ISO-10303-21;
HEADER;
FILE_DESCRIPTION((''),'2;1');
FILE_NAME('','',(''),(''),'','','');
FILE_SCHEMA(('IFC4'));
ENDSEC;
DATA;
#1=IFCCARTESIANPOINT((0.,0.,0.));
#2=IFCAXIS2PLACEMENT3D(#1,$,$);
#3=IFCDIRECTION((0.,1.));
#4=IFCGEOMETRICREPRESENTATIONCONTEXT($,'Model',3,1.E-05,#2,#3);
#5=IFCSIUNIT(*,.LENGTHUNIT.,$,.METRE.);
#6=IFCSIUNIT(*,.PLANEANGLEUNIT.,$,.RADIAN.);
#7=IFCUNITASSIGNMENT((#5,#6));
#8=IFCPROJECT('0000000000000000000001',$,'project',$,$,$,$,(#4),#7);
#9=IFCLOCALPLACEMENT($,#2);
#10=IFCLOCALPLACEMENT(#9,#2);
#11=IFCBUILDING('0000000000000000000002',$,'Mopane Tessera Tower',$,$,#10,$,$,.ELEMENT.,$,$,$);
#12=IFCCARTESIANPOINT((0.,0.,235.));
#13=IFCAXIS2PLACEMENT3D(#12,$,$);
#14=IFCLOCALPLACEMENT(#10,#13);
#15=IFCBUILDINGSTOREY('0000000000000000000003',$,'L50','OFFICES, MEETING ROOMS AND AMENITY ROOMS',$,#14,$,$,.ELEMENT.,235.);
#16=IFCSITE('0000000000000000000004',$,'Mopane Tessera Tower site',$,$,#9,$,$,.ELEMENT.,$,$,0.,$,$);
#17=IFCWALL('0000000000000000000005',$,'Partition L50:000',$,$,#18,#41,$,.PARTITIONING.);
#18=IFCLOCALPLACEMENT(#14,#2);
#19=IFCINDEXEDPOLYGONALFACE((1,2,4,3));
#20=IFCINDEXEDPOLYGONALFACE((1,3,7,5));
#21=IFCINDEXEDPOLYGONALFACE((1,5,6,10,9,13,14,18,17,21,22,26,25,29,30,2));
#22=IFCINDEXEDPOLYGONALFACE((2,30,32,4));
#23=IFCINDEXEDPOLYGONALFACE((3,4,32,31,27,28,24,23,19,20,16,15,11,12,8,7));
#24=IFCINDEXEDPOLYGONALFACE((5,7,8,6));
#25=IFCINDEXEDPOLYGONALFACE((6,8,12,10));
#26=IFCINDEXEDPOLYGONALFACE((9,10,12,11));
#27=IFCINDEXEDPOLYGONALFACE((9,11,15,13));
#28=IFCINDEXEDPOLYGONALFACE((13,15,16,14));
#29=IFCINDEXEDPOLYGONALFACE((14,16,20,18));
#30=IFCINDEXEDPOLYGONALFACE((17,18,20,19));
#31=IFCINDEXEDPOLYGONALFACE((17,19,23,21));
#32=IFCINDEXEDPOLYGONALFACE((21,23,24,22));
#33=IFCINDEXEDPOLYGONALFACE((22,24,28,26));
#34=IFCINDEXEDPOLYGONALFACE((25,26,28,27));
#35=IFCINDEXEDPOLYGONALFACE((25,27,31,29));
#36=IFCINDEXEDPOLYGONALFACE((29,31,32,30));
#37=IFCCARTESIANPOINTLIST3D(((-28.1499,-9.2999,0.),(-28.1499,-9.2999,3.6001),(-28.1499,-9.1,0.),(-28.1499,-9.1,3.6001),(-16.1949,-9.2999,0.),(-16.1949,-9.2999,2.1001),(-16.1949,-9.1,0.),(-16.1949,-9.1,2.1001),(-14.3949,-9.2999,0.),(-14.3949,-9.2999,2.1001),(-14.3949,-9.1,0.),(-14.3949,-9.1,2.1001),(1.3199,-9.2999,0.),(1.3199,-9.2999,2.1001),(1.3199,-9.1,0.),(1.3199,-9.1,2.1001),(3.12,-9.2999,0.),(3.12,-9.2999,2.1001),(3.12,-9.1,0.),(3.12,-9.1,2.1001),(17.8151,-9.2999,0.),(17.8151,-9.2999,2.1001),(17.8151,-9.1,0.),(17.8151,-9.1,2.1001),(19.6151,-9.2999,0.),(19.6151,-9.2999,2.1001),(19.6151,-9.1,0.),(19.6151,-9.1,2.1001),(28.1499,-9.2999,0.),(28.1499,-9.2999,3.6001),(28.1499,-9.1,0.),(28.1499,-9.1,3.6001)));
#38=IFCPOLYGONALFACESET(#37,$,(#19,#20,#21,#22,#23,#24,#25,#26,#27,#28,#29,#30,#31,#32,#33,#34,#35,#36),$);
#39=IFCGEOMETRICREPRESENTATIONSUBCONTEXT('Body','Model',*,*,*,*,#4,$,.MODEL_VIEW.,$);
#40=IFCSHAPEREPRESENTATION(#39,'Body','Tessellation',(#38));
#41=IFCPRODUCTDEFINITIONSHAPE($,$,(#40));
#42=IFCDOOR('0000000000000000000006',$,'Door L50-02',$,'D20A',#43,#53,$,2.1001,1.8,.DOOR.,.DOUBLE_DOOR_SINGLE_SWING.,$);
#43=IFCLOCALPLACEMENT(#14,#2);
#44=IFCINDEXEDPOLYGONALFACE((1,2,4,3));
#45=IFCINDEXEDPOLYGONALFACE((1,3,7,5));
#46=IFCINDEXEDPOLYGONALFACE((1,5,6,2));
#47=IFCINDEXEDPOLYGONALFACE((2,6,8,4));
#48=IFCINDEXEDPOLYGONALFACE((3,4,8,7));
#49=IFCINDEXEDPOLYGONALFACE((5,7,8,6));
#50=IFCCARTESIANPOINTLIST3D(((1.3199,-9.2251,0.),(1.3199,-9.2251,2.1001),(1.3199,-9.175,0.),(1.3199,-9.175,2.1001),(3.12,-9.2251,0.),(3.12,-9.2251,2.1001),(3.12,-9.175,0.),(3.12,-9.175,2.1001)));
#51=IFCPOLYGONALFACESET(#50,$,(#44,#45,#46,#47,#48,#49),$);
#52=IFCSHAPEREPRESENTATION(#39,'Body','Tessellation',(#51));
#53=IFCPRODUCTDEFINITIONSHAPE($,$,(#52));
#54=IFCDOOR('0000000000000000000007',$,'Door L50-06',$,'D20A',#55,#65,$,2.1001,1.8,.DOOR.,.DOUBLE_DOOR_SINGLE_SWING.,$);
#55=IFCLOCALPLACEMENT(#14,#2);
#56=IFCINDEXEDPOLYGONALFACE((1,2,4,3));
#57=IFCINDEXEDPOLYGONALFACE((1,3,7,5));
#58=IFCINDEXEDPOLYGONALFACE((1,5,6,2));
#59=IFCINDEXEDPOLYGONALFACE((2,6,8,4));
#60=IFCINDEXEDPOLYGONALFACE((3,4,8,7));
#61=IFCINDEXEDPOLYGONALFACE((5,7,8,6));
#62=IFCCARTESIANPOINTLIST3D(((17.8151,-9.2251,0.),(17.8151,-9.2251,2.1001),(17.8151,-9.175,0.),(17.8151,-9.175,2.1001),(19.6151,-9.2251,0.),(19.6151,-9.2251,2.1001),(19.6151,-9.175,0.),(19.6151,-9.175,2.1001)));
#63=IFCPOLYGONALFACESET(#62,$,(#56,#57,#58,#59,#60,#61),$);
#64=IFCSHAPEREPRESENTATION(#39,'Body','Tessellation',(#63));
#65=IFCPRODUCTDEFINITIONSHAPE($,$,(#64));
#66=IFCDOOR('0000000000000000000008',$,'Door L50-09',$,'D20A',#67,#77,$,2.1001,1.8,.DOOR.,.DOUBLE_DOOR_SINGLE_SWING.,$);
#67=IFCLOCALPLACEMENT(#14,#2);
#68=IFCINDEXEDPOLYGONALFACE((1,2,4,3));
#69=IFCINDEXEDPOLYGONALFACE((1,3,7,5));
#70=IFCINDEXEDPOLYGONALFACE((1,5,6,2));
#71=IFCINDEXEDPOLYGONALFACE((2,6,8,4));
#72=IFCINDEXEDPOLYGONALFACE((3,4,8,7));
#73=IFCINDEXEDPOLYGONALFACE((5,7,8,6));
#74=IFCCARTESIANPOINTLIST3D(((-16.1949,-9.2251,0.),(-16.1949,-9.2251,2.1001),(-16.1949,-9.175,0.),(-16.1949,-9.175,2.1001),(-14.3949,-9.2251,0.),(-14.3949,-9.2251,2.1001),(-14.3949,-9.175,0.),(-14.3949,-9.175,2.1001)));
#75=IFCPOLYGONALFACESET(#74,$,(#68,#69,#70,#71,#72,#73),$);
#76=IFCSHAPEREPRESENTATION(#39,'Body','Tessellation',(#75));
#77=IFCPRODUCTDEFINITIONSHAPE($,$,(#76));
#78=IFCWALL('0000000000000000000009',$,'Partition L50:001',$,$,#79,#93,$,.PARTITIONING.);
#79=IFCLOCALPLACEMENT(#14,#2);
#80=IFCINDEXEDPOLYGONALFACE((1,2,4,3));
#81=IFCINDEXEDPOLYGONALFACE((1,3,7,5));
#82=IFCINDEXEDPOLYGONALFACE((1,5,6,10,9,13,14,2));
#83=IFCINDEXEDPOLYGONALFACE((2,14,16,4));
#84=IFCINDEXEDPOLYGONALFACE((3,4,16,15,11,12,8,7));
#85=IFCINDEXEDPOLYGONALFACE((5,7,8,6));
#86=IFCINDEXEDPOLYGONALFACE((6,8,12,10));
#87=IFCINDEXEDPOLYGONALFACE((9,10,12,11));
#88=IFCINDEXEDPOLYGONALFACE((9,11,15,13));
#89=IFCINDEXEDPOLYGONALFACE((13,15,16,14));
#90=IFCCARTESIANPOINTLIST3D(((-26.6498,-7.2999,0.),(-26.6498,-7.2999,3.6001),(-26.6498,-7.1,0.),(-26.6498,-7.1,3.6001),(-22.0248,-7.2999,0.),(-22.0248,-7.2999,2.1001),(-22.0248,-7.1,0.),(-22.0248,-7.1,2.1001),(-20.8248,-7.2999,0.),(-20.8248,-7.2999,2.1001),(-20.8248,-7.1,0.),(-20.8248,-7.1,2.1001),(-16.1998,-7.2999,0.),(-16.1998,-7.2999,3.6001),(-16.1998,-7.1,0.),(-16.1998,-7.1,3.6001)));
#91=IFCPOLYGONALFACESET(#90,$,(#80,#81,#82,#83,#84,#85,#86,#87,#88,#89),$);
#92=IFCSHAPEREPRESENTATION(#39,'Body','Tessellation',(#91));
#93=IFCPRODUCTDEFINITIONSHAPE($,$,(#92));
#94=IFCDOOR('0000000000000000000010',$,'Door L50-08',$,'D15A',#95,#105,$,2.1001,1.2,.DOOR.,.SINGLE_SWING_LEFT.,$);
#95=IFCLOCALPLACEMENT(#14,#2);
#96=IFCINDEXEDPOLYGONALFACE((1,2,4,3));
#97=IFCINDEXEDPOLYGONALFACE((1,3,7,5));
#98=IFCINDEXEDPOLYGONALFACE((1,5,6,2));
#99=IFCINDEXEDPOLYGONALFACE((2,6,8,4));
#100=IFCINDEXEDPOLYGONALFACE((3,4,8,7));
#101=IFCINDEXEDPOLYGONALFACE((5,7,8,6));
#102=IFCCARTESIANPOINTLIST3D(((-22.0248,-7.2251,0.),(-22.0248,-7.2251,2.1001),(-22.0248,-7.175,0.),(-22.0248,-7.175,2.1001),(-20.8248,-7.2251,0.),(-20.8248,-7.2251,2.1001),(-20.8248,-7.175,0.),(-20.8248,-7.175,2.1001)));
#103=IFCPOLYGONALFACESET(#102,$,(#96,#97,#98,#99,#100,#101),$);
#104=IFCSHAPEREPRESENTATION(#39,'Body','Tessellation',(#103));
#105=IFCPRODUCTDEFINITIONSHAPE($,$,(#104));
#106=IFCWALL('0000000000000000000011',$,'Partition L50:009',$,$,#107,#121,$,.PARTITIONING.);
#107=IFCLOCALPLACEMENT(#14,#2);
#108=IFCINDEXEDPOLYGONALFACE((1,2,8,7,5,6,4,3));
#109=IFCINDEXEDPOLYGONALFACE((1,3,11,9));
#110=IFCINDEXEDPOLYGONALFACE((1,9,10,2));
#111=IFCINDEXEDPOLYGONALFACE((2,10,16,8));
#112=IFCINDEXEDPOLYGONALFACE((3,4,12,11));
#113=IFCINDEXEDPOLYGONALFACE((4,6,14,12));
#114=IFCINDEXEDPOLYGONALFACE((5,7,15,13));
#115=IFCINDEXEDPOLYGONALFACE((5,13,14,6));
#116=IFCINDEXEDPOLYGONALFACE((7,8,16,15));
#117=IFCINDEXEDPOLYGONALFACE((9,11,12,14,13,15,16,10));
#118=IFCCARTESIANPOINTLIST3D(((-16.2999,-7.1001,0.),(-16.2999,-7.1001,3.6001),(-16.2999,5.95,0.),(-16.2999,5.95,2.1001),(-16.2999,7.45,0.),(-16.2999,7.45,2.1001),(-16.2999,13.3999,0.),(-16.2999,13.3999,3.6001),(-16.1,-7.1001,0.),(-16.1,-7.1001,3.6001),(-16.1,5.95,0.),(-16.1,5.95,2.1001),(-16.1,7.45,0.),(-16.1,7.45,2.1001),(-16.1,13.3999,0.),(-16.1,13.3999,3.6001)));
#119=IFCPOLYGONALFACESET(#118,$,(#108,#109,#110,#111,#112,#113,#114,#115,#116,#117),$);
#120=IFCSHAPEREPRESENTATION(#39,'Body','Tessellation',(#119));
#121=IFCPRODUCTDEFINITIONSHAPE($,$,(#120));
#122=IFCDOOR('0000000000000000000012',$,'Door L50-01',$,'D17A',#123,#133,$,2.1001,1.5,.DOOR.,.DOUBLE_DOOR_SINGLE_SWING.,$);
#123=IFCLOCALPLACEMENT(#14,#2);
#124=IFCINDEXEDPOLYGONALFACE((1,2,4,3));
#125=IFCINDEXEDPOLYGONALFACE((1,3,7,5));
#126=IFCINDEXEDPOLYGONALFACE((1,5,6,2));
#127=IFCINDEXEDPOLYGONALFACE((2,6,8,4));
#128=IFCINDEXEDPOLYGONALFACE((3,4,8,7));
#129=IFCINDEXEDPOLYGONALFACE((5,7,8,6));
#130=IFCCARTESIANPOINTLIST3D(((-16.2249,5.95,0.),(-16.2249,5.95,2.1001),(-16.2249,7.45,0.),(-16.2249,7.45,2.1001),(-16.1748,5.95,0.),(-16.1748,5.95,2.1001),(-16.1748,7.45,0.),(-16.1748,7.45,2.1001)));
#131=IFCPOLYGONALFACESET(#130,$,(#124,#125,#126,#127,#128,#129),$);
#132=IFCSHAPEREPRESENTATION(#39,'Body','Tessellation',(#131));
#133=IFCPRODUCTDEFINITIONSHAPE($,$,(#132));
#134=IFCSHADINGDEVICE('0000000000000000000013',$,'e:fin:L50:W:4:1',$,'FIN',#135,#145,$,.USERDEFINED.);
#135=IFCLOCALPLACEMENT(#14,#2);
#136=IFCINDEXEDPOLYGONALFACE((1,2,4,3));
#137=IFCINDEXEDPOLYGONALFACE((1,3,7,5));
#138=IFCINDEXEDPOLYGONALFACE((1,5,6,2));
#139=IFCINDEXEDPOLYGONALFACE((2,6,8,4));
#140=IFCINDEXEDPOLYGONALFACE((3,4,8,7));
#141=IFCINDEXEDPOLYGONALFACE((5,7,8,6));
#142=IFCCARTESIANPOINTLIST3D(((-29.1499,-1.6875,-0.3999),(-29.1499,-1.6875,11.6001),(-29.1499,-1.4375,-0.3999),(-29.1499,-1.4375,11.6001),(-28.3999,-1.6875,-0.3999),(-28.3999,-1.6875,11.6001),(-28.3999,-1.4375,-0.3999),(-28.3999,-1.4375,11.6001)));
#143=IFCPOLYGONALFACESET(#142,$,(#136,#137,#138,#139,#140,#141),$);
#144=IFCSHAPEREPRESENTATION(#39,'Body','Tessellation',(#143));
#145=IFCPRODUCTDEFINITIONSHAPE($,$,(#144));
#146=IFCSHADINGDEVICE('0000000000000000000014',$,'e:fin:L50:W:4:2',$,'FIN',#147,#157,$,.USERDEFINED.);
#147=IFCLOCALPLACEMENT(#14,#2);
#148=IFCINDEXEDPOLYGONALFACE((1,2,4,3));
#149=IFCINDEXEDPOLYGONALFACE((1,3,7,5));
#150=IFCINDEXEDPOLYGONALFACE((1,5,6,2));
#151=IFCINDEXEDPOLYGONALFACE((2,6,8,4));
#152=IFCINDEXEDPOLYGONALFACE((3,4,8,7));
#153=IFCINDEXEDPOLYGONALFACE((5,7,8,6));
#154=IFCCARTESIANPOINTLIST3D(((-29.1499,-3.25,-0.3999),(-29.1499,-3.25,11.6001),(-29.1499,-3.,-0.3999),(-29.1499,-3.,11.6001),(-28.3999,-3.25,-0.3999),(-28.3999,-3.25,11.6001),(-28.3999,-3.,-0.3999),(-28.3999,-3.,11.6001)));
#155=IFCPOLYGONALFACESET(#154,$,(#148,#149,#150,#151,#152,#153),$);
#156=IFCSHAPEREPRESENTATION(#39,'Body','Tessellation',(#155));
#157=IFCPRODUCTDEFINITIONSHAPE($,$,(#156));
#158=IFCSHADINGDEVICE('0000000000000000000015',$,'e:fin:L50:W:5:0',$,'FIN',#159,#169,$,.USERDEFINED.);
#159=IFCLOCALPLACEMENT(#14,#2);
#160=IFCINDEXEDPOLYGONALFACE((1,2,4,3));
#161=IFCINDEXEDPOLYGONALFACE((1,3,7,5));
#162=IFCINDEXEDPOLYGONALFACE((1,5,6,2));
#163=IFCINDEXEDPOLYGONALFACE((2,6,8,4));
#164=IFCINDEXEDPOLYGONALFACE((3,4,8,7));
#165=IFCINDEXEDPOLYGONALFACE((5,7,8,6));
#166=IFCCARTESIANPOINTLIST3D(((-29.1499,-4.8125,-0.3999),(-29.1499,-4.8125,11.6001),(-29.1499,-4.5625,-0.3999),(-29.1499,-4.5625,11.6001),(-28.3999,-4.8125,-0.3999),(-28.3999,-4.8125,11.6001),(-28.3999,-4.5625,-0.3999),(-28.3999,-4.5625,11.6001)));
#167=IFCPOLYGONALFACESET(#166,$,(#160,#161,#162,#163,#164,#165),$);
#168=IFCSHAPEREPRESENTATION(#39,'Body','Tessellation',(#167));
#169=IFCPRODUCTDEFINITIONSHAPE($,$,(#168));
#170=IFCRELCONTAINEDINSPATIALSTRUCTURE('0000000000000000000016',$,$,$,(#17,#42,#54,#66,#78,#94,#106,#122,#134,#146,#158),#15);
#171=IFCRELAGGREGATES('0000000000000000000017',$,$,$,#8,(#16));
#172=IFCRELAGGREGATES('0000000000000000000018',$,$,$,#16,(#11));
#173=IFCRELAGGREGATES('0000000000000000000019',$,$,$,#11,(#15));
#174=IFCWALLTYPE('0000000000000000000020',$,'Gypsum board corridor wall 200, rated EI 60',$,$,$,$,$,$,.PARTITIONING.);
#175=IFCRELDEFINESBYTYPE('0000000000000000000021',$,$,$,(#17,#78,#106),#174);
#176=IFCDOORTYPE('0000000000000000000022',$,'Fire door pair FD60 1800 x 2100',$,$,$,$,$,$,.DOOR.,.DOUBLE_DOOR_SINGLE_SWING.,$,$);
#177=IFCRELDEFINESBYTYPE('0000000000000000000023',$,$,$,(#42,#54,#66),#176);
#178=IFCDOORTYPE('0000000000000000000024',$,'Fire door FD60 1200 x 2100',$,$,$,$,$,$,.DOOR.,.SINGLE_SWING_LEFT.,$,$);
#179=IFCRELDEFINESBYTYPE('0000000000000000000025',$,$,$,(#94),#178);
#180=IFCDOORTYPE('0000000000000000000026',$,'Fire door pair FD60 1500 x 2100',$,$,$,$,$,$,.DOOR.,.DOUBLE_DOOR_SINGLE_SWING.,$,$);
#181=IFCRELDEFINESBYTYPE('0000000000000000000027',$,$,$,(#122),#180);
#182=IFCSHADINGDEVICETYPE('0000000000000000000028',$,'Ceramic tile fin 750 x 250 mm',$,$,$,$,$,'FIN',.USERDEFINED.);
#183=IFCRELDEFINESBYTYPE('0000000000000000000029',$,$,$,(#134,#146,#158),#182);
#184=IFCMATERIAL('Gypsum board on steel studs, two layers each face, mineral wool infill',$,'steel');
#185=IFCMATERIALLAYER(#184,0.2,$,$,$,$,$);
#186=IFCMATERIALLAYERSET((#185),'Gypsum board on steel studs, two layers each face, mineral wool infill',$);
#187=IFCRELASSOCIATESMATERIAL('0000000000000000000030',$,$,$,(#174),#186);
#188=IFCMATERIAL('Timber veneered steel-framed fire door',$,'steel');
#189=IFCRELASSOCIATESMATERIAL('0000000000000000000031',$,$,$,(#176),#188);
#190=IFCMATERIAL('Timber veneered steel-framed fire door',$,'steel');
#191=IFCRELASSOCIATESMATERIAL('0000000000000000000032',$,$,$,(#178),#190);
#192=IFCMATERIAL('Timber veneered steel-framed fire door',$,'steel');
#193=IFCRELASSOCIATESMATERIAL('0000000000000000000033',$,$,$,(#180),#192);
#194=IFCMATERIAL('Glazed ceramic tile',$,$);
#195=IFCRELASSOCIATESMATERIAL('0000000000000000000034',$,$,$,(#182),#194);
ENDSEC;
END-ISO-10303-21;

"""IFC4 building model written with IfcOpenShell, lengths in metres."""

from ifc_helpers import new_model, si_unit, direction, frame, frame_2d, origin, origin_2d, place, context, subcontext, project, spatial, rectangle, extrude, material, layer, layer_set, type_object, element, fill, save


model = new_model("IFC4")

# Units and contexts
model_context = context("Model", 3, precision=1e-05, world=origin(), true_north=direction((0.0, 1.0)))
body_context = subcontext(model_context, "Body", "Model", "MODEL_VIEW")
ifc_project = project(units=[si_unit("LENGTHUNIT", "METRE"), si_unit("PLANEANGLEUNIT", "RADIAN")], contexts=[model_context])

# Site, building, storey
site_placement = place(None, origin())
site = spatial("IfcSite", under=ifc_project, at=site_placement, Name="Mopane Tessera Tower site", CompositionType="ELEMENT", RefElevation=0.0)
building_placement = place(site_placement, origin())
building = spatial("IfcBuilding", under=site, at=building_placement, Name="Mopane Tessera Tower", CompositionType="ELEMENT")
storey_placement = place(building_placement, frame((0.0, 0.0, 235.0)))
storey = spatial("IfcBuildingStorey", under=building, at=storey_placement, Name="L50", Description="OFFICES, MEETING ROOMS AND AMENITY ROOMS", CompositionType="ELEMENT", Elevation=235.0)

# Wall, openings, doors
ifc_material_1 = material(Name="Gypsum board on steel studs, two layers each face, mineral wool infill", Category="steel")
ifc_layer_1 = layer(ifc_material_1, 0.2)
ifc_layer_set_1 = layer_set([ifc_layer_1], Name="Gypsum board on steel studs, two layers each face, mineral wool infill")
wall_type = type_object("IfcWallType", Name="Gypsum board corridor wall 200, rated EI 60", PredefinedType="PARTITIONING", material=ifc_layer_set_1)
wall_1_placement = place(storey_placement, frame((-28.1499, -9.2, 0.0), z_axis=(0.0, 0.0, 1.0), x_axis=(1.0, 0.0, 0.0)))
wall_1 = element("IfcWall", 1, at=wall_1_placement, inside=storey, type_object=wall_type, Name="Partition L50:000", PredefinedType="PARTITIONING", context=body_context, shape_type="SweptSolid", body=[
    extrude(rectangle(XDim=56.2998, YDim=0.2, at=frame_2d((28.1499, 0.0))), origin(), (0.0, 0.0, 1.0), 3.6001),
])
opening_1_placement = place(wall_1_placement, frame((29.47, 0.0, 0.0)))
opening_1 = element("IfcOpeningElement", 2, at=opening_1_placement, cuts=wall_1, PredefinedType="OPENING", context=body_context, shape_type="SweptSolid", body=[
    extrude(rectangle(XDim=1.8, YDim=2.1001, at=frame_2d((0.8999, 1.05))), frame((0.0, 0.1121, 0.0), z_axis=(0.0, -1.0, 0.0), x_axis=(1.0, 0.0, 0.0)), (0.0, 0.0, 1.0), 0.2239),
])
opening_2_placement = place(wall_1_placement, frame((45.9651, 0.0, 0.0)))
opening_2 = element("IfcOpeningElement", 3, at=opening_2_placement, cuts=wall_1, PredefinedType="OPENING", context=body_context, shape_type="SweptSolid", body=[
    extrude(rectangle(XDim=1.8, YDim=2.1001, at=frame_2d((0.8999, 1.05))), frame((0.0, 0.1121, 0.0), z_axis=(0.0, -1.0, 0.0), x_axis=(1.0, 0.0, 0.0)), (0.0, 0.0, 1.0), 0.2239),
])
opening_3_placement = place(wall_1_placement, frame((11.9551, 0.0, 0.0)))
opening_3 = element("IfcOpeningElement", 4, at=opening_3_placement, cuts=wall_1, PredefinedType="OPENING", context=body_context, shape_type="SweptSolid", body=[
    extrude(rectangle(XDim=1.8, YDim=2.1001, at=frame_2d((0.8999, 1.05))), frame((0.0, 0.1121, 0.0), z_axis=(0.0, -1.0, 0.0), x_axis=(1.0, 0.0, 0.0)), (0.0, 0.0, 1.0), 0.2239),
])
ifc_material_2 = material(Name="Timber veneered steel-framed fire door", Category="steel")
door_type_1 = type_object("IfcDoorType", Name="Fire door pair FD60 1800 x 2100", OperationType="DOUBLE_DOOR_SINGLE_SWING", PredefinedType="DOOR", material=ifc_material_2)
door_1_placement = place(opening_1_placement, origin())
door_1 = element("IfcDoor", 5, at=door_1_placement, inside=storey, type_object=door_type_1, Name="Door L50-02", ObjectType="D20A", OperationType="DOUBLE_DOOR_SINGLE_SWING", OverallHeight=2.1001, OverallWidth=1.8, PredefinedType="DOOR", context=body_context, shape_type="SweptSolid", body=[
    extrude(rectangle(XDim=1.8, YDim=2.1001, at=frame_2d((0.8999, 1.05))), frame((0.0, 0.0249, 0.0), z_axis=(0.0, -1.0, 0.0), x_axis=(1.0, 0.0, 0.0)), (0.0, 0.0, 1.0), 0.05),
])
fill(opening_1, door_1)
door_2_placement = place(opening_2_placement, origin())
door_2 = element("IfcDoor", 6, at=door_2_placement, inside=storey, type_object=door_type_1, Name="Door L50-06", ObjectType="D20A", OperationType="DOUBLE_DOOR_SINGLE_SWING", OverallHeight=2.1001, OverallWidth=1.8, PredefinedType="DOOR", context=body_context, shape_type="SweptSolid", body=[
    extrude(rectangle(XDim=1.8, YDim=2.1001, at=frame_2d((0.8999, 1.05))), frame((0.0, 0.0249, 0.0), z_axis=(0.0, -1.0, 0.0), x_axis=(1.0, 0.0, 0.0)), (0.0, 0.0, 1.0), 0.05),
])
fill(opening_2, door_2)
door_3_placement = place(opening_3_placement, origin())
door_3 = element("IfcDoor", 7, at=door_3_placement, inside=storey, type_object=door_type_1, Name="Door L50-09", ObjectType="D20A", OperationType="DOUBLE_DOOR_SINGLE_SWING", OverallHeight=2.1001, OverallWidth=1.8, PredefinedType="DOOR", context=body_context, shape_type="SweptSolid", body=[
    extrude(rectangle(XDim=1.8, YDim=2.1001, at=frame_2d((0.8999, 1.05))), frame((0.0, 0.0249, 0.0), z_axis=(0.0, -1.0, 0.0), x_axis=(1.0, 0.0, 0.0)), (0.0, 0.0, 1.0), 0.05),
])
fill(opening_3, door_3)

# Walls, openings, doors
wall_2_placement = place(storey_placement, frame((-26.6499, -7.2, 0.0), z_axis=(0.0, 0.0, 1.0), x_axis=(1.0, 0.0, 0.0)))
wall_2 = element("IfcWall", 8, at=wall_2_placement, inside=storey, type_object=wall_type, Name="Partition L50:001", PredefinedType="PARTITIONING", context=body_context, shape_type="SweptSolid", body=[
    extrude(rectangle(XDim=10.45, YDim=0.2, at=frame_2d((5.2251, 0.0))), origin(), (0.0, 0.0, 1.0), 3.6001),
])
opening_4_placement = place(wall_2_placement, frame((4.625, 0.0, 0.0)))
opening_4 = element("IfcOpeningElement", 9, at=opening_4_placement, cuts=wall_2, PredefinedType="OPENING", context=body_context, shape_type="SweptSolid", body=[
    extrude(rectangle(XDim=1.2, YDim=2.1001, at=frame_2d((0.6001, 1.05))), frame((0.0, 0.1121, 0.0), z_axis=(0.0, -1.0, 0.0), x_axis=(1.0, 0.0, 0.0)), (0.0, 0.0, 1.0), 0.2239),
])
ifc_material_3 = material(Name="Timber veneered steel-framed fire door", Category="steel")
door_type_2 = type_object("IfcDoorType", Name="Fire door FD60 1200 x 2100", OperationType="SINGLE_SWING_LEFT", PredefinedType="DOOR", material=ifc_material_3)
door_4_placement = place(opening_4_placement, origin())
door_4 = element("IfcDoor", 10, at=door_4_placement, inside=storey, type_object=door_type_2, Name="Door L50-08", ObjectType="D15A", OperationType="SINGLE_SWING_LEFT", OverallHeight=2.1001, OverallWidth=1.2, PredefinedType="DOOR", context=body_context, shape_type="SweptSolid", body=[
    extrude(rectangle(XDim=1.2, YDim=2.1001, at=frame_2d((0.6001, 1.05))), frame((0.0, 0.0249, 0.0), z_axis=(0.0, -1.0, 0.0), x_axis=(1.0, 0.0, 0.0)), (0.0, 0.0, 1.0), 0.05),
])
fill(opening_4, door_4)
wall_3_placement = place(storey_placement, frame((-16.2, -7.1001, 0.0), z_axis=(0.0, 0.0, 1.0), x_axis=(0.0, 1.0, 0.0)))
wall_3 = element("IfcWall", 11, at=wall_3_placement, inside=storey, type_object=wall_type, Name="Partition L50:009", PredefinedType="PARTITIONING", context=body_context, shape_type="SweptSolid", body=[
    extrude(rectangle(XDim=20.5, YDim=0.2, at=frame_2d((10.25, 0.0))), origin(), (0.0, 0.0, 1.0), 3.6001),
])
opening_5_placement = place(wall_3_placement, frame((13.05, 0.0, 0.0)))
opening_5 = element("IfcOpeningElement", 12, at=opening_5_placement, cuts=wall_3, PredefinedType="OPENING", context=body_context, shape_type="SweptSolid", body=[
    extrude(rectangle(XDim=1.5, YDim=2.1001, at=frame_2d((0.75, 1.05))), frame((0.0, 0.1121, 0.0), z_axis=(0.0, -1.0, 0.0), x_axis=(1.0, 0.0, 0.0)), (0.0, 0.0, 1.0), 0.2239),
])
ifc_material_4 = material(Name="Timber veneered steel-framed fire door", Category="steel")
door_type_3 = type_object("IfcDoorType", Name="Fire door pair FD60 1500 x 2100", OperationType="DOUBLE_DOOR_SINGLE_SWING", PredefinedType="DOOR", material=ifc_material_4)
door_5_placement = place(opening_5_placement, origin())
door_5 = element("IfcDoor", 13, at=door_5_placement, inside=storey, type_object=door_type_3, Name="Door L50-01", ObjectType="D17A", OperationType="DOUBLE_DOOR_SINGLE_SWING", OverallHeight=2.1001, OverallWidth=1.5, PredefinedType="DOOR", context=body_context, shape_type="SweptSolid", body=[
    extrude(rectangle(XDim=1.5, YDim=2.1001, at=frame_2d((0.75, 1.05))), frame((0.0, 0.0249, 0.0), z_axis=(0.0, -1.0, 0.0), x_axis=(1.0, 0.0, 0.0)), (0.0, 0.0, 1.0), 0.05),
])
fill(opening_5, door_5)

# Shading devices
ifc_material_5 = material(Name="Glazed ceramic tile")
shading_device_type = type_object("IfcShadingDeviceType", Name="Ceramic tile fin 750 x 250 mm", ElementType="FIN", PredefinedType="USERDEFINED", material=ifc_material_5)
for number, where, z_axis, x_axis, name in (
    (14, (-28.7749, -1.5625, -0.3999), (0.0, 0.0, 1.0), (0.0, -1.0, 0.0), "e:fin:L50:W:4:1"),
    (15, (-28.7749, -3.125, -0.3999), (0.0, 0.0, 1.0), (0.0, -1.0, 0.0), "e:fin:L50:W:4:2"),
    (16, (-28.7749, -4.6875, -0.3999), (0.0, 0.0, 1.0), (0.0, -1.0, 0.0), "e:fin:L50:W:5:0"),
):
    element("IfcShadingDevice", number, at=place(storey_placement, frame(where, z_axis=z_axis, x_axis=x_axis)), inside=storey, type_object=shading_device_type, Name=name, ObjectType="FIN", PredefinedType="USERDEFINED", context=body_context, shape_type="SweptSolid", body=[
        extrude(rectangle(XDim=0.25, YDim=0.75, at=origin_2d()), origin(), (0.0, 0.0, 1.0), 12.0),
    ])

save(model, "model.ifc")
